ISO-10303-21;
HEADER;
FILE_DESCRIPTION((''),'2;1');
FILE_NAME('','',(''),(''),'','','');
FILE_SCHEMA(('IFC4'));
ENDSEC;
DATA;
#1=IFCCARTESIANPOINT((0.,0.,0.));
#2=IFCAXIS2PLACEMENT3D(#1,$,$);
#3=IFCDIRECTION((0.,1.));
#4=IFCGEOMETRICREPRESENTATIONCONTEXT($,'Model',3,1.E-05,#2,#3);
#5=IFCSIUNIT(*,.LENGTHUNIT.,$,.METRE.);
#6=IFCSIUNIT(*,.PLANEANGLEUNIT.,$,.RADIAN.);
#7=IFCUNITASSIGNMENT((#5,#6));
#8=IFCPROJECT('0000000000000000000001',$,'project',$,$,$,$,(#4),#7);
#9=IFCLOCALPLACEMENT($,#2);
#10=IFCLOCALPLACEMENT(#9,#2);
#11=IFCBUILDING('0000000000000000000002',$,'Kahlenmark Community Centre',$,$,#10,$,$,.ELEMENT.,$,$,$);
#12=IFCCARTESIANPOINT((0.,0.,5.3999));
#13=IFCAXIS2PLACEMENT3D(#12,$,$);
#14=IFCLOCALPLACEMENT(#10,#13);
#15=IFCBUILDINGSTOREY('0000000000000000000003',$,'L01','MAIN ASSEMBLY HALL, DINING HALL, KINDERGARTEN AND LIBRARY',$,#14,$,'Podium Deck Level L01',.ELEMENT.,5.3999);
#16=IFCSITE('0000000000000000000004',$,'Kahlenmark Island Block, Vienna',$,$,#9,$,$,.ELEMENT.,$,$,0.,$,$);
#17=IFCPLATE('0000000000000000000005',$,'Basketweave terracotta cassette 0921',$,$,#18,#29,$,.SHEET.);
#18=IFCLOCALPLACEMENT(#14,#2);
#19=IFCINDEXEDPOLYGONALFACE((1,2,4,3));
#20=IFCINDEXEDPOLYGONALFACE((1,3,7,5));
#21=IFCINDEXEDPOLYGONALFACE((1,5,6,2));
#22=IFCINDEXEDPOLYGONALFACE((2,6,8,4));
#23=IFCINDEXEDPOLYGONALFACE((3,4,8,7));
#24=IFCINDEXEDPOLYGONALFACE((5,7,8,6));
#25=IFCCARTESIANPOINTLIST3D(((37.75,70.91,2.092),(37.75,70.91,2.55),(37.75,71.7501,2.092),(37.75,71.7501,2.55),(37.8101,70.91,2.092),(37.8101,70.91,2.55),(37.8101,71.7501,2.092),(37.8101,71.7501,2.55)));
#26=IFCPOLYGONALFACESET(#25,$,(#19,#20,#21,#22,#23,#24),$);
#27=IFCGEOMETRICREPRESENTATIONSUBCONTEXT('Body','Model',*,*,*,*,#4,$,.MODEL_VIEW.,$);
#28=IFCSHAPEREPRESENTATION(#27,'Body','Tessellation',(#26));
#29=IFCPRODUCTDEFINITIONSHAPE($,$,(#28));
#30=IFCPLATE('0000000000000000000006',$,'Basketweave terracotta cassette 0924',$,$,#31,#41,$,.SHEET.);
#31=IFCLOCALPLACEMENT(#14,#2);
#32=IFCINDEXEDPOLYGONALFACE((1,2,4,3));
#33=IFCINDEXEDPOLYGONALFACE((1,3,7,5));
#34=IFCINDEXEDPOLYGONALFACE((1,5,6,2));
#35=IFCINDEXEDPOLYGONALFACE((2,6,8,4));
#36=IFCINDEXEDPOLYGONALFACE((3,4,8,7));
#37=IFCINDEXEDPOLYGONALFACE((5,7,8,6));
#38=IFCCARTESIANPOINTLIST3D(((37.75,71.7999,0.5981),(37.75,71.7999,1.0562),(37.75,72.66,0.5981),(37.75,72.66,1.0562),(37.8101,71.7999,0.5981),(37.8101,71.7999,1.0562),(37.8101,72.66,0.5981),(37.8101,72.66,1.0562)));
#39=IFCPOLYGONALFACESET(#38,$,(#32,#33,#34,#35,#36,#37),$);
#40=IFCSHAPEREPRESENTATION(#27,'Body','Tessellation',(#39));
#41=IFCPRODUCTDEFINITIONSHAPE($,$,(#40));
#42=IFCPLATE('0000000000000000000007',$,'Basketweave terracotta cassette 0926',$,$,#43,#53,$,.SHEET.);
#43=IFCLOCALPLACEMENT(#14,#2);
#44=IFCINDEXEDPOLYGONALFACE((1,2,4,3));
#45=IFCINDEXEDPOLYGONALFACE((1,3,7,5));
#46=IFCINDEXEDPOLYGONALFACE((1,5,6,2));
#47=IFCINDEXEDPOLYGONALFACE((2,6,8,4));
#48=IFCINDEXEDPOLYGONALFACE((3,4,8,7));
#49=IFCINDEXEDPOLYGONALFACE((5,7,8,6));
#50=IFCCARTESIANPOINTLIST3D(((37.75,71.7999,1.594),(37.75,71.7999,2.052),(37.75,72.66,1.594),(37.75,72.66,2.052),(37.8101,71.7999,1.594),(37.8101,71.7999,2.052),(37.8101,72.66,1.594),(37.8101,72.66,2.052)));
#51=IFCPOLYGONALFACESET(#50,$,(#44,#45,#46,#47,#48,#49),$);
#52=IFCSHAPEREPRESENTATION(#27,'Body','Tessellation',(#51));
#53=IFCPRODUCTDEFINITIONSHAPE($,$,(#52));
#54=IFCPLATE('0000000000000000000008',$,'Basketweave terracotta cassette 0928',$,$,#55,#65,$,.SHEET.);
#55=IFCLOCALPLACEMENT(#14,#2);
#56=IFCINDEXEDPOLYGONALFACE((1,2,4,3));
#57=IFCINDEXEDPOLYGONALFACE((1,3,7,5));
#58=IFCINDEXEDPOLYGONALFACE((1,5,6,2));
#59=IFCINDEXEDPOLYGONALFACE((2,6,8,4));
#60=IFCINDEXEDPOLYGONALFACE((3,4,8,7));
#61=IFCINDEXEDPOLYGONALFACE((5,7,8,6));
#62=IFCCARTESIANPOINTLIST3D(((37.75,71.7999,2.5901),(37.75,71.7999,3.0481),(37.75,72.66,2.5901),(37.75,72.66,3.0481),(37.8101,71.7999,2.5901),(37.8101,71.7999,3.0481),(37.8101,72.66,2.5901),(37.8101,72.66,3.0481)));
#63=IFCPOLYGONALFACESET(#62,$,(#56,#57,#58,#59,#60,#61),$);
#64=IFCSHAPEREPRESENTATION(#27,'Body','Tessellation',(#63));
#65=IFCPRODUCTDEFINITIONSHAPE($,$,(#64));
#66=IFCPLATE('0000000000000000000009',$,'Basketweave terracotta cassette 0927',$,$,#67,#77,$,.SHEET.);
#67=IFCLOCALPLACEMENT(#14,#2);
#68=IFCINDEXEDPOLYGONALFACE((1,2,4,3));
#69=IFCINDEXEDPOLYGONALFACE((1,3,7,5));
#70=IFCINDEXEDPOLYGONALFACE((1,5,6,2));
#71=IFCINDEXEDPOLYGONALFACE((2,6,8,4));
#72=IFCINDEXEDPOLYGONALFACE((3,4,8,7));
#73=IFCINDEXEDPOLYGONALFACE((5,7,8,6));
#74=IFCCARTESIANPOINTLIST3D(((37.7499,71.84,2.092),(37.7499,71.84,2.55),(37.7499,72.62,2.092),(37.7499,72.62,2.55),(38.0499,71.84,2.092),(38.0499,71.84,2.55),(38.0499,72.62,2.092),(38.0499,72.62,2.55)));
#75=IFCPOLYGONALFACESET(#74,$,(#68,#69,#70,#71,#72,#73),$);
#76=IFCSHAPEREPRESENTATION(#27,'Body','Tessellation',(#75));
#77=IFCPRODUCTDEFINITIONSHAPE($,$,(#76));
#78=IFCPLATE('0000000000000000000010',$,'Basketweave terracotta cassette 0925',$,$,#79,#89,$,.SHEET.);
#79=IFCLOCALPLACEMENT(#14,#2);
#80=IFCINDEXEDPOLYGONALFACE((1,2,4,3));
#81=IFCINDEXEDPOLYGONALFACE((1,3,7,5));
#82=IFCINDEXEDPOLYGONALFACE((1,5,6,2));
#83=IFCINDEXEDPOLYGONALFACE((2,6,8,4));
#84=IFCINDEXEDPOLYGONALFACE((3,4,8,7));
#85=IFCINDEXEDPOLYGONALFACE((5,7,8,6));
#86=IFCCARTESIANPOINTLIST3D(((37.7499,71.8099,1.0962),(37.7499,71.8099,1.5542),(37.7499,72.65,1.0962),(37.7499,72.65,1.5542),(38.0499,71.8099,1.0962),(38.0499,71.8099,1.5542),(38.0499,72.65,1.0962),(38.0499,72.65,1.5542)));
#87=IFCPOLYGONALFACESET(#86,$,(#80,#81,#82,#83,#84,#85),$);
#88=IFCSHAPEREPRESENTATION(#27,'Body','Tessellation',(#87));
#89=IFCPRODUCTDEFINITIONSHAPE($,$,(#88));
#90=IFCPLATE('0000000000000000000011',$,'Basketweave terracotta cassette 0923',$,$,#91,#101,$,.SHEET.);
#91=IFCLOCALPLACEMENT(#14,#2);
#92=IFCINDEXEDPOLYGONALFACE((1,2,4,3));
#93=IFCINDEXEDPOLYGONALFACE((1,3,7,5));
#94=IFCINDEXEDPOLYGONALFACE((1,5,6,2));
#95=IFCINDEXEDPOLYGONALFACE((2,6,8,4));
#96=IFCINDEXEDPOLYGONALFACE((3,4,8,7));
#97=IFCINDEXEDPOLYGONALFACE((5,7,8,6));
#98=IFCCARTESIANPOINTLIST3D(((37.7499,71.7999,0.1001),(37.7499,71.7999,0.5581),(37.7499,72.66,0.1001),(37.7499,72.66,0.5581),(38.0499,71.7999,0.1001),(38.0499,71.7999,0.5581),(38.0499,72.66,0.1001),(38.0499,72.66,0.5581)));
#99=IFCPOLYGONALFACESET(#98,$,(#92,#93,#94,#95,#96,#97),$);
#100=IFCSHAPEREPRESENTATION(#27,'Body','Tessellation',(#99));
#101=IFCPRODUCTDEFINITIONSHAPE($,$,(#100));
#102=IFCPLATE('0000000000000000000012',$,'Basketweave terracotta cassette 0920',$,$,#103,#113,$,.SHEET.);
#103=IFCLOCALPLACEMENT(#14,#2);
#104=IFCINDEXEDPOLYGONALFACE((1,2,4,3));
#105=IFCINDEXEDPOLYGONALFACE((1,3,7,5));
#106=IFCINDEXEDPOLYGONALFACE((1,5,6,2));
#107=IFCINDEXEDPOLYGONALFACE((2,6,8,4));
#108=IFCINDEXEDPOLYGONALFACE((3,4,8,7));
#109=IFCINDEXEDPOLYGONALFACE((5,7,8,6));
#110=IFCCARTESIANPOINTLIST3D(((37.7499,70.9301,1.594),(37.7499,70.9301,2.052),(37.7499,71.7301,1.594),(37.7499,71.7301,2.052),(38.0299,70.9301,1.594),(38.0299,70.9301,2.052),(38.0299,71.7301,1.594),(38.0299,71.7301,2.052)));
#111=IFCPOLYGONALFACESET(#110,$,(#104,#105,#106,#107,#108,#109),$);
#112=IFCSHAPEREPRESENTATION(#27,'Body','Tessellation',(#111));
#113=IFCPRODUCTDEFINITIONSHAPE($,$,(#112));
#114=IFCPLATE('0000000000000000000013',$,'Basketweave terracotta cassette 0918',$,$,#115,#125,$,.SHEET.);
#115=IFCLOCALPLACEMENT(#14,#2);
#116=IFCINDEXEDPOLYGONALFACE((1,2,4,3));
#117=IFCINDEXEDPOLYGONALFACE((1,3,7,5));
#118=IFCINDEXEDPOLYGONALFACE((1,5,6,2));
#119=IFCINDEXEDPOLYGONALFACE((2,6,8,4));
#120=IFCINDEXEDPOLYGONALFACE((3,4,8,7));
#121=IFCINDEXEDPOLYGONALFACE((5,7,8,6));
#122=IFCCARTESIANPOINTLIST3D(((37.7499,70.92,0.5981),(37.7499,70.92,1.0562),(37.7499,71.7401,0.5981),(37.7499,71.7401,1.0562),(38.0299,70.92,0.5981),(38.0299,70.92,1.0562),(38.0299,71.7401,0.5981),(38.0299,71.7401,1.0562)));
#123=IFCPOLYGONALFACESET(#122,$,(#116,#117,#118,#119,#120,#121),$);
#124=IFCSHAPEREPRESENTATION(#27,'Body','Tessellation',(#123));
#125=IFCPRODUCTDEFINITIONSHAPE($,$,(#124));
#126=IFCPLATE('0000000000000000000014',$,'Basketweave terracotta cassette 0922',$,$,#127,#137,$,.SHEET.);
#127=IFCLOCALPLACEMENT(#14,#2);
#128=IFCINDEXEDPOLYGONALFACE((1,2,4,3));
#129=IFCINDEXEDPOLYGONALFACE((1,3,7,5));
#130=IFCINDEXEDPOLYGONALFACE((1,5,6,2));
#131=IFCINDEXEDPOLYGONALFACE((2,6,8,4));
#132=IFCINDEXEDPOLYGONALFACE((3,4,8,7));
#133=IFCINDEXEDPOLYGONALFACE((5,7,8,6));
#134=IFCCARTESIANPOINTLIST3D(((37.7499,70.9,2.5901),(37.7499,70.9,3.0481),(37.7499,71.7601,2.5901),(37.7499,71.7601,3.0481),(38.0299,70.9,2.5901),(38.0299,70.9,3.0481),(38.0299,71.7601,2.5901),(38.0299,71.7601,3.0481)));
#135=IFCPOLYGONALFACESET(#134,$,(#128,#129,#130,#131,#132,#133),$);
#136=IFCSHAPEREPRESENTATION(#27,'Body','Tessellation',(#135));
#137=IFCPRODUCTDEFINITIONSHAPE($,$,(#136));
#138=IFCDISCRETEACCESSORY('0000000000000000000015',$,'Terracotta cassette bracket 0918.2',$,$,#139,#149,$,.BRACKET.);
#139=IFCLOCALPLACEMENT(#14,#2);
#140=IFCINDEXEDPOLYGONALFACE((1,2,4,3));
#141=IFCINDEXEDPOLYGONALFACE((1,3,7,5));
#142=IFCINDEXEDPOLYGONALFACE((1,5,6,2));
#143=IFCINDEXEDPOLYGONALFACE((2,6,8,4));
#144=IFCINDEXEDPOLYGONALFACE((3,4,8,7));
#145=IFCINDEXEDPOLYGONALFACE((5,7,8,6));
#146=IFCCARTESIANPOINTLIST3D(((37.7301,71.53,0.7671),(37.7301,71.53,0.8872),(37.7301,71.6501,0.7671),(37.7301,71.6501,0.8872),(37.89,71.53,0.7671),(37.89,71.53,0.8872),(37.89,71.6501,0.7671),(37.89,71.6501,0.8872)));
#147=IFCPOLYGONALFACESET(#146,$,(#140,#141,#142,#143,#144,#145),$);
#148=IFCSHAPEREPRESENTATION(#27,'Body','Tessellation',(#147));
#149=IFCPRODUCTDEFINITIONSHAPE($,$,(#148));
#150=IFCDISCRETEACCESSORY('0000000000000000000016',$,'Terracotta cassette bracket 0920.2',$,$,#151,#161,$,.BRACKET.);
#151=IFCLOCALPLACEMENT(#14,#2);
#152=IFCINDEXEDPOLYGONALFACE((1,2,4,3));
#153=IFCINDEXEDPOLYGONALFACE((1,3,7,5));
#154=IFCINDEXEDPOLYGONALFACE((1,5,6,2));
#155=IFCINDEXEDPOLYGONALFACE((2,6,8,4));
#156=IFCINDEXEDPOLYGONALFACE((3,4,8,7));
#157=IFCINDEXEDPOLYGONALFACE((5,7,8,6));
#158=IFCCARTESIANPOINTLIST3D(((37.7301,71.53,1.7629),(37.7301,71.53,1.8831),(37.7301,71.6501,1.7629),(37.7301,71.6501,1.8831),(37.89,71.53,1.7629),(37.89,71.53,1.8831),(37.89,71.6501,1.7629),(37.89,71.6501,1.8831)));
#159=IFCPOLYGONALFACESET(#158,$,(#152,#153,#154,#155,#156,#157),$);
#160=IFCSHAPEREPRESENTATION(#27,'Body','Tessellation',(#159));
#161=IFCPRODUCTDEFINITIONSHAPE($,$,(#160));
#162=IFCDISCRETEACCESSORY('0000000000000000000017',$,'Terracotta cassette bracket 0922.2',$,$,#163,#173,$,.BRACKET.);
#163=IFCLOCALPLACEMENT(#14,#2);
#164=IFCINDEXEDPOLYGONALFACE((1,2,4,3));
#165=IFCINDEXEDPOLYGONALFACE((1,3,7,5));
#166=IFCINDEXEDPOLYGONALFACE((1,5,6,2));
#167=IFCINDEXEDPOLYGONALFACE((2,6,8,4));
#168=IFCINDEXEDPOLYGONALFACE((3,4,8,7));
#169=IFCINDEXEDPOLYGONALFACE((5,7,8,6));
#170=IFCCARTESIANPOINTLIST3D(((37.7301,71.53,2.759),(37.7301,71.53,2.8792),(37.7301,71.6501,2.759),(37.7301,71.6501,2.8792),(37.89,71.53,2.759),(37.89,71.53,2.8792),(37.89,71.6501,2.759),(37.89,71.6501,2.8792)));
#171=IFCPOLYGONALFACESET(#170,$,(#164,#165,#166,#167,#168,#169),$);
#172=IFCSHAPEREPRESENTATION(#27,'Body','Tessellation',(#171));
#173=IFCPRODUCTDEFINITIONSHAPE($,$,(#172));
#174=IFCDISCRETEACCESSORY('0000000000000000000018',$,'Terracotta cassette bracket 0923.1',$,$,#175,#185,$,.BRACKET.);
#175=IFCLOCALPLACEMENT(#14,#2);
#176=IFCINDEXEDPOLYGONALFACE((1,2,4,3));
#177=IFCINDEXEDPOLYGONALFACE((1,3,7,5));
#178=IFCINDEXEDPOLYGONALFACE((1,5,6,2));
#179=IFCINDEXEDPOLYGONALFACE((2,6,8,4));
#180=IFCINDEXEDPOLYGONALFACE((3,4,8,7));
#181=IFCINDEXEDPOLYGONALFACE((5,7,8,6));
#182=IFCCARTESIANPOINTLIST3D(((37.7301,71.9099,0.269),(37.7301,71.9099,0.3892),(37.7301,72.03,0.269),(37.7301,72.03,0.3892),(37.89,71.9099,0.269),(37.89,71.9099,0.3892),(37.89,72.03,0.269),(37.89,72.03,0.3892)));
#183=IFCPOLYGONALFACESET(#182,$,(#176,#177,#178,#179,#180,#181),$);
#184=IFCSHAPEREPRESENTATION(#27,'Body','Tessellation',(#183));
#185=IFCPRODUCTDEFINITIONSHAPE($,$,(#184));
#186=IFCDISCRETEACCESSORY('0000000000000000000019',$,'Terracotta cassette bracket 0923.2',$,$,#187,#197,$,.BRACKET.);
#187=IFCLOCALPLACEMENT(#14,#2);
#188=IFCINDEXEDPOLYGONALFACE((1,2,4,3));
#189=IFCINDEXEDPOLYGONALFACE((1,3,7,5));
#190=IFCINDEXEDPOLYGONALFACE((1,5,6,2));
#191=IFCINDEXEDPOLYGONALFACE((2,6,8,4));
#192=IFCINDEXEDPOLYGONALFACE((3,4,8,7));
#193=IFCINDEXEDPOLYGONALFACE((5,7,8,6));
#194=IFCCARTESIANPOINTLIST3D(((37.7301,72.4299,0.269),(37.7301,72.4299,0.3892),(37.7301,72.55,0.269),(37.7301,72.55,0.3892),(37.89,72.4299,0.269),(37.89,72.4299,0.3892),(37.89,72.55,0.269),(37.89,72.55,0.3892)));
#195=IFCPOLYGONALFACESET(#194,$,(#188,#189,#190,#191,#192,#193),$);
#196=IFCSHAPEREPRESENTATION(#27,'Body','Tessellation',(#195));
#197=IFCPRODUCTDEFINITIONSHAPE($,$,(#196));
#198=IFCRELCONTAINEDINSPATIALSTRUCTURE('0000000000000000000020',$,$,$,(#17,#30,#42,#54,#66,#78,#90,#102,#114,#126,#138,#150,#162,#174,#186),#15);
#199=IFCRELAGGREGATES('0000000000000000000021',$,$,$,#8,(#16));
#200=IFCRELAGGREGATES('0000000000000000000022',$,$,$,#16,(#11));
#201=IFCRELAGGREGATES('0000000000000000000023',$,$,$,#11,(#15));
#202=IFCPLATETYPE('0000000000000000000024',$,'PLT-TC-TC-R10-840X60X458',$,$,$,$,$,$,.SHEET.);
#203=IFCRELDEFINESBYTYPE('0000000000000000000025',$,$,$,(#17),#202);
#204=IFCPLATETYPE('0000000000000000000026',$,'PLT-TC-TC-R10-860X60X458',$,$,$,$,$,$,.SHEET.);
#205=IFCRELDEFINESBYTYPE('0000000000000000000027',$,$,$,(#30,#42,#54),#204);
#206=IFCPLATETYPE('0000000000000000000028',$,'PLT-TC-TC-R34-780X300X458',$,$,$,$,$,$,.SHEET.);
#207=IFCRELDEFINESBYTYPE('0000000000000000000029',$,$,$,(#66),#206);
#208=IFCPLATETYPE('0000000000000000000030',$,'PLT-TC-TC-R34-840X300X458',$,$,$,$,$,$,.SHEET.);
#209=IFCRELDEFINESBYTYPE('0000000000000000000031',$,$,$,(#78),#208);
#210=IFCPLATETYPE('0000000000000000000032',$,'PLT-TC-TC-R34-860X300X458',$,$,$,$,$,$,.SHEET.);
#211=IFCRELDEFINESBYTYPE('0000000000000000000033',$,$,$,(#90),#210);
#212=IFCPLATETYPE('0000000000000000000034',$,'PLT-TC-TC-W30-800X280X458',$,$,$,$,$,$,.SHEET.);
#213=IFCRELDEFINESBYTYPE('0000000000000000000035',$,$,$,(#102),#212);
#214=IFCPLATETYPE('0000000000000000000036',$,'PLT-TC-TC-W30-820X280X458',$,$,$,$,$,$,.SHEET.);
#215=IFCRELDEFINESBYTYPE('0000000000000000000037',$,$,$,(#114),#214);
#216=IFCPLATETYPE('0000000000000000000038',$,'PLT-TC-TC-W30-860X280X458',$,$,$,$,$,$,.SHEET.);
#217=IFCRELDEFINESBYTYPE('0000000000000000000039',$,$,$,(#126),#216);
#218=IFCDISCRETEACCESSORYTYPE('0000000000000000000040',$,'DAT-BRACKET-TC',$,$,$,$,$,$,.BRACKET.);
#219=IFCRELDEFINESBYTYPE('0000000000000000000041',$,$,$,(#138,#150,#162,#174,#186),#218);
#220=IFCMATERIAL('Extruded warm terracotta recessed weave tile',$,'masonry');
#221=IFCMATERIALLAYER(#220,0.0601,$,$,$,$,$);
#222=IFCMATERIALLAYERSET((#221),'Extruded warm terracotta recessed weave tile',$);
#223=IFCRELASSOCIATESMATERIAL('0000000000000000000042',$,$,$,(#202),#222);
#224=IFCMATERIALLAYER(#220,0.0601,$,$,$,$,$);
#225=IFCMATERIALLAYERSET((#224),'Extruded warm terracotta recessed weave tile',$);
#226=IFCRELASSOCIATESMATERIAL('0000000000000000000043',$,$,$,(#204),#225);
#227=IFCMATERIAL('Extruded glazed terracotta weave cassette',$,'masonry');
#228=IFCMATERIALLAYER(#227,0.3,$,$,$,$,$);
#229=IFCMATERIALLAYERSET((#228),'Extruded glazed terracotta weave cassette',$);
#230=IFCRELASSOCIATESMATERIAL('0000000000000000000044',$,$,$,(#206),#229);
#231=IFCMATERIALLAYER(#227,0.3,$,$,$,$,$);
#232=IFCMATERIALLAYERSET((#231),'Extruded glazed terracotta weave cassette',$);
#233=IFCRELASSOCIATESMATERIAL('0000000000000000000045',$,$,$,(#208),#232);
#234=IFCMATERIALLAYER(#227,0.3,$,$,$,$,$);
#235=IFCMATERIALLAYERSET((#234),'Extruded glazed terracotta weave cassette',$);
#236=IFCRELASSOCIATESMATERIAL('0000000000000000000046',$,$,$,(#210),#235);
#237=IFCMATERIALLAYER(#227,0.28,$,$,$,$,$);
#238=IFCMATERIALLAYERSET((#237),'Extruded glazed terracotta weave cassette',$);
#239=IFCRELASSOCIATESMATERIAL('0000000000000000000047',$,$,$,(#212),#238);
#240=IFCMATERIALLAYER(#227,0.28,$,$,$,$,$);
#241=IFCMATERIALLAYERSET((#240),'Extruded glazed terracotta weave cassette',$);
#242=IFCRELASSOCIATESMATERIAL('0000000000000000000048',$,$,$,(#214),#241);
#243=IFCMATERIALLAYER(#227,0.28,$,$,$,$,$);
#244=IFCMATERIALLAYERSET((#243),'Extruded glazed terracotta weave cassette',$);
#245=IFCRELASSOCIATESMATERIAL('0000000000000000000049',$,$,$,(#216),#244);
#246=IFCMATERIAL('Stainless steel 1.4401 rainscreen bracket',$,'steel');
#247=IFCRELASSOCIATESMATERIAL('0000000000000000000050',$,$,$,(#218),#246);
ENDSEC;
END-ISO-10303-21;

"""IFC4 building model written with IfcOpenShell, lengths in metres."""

from ifc_helpers import new_model, si_unit, direction, frame, origin, origin_2d, place, context, subcontext, project, spatial, rectangle, extrude, material, layer, layer_set, type_object, element, save


model = new_model("IFC4")

# Units and contexts
model_context = context("Model", 3, precision=1e-05, world=origin(), true_north=direction((0.0, 1.0)))
body_context = subcontext(model_context, "Body", "Model", "MODEL_VIEW")
ifc_project = project(units=[si_unit("LENGTHUNIT", "METRE"), si_unit("PLANEANGLEUNIT", "RADIAN")], contexts=[model_context])

# Site, building, storey
site_placement = place(None, origin())
site = spatial("IfcSite", under=ifc_project, at=site_placement, Name="Kahlenmark Island Block, Vienna", CompositionType="ELEMENT", RefElevation=0.0)
building_placement = place(site_placement, origin())
building = spatial("IfcBuilding", under=site, at=building_placement, Name="Kahlenmark Community Centre", CompositionType="ELEMENT")
storey_placement = place(building_placement, frame((0.0, 0.0, 5.3999)))
storey = spatial("IfcBuildingStorey", under=building, at=storey_placement, Name="L01", Description="MAIN ASSEMBLY HALL, DINING HALL, KINDERGARTEN AND LIBRARY", LongName="Podium Deck Level L01", CompositionType="ELEMENT", Elevation=5.3999)

# Plates
ifc_material_1 = material(Name="Extruded warm terracotta recessed weave tile", Category="masonry")
ifc_layer_1 = layer(ifc_material_1, 0.0601)
ifc_layer_set_1 = layer_set([ifc_layer_1], Name="Extruded warm terracotta recessed weave tile")
plate_type_1 = type_object("IfcPlateType", Name="PLT-TC-TC-R10-840X60X458", PredefinedType="SHEET", material=ifc_layer_set_1)
plate_1_placement = place(storey_placement, frame((37.78, 71.3301, 2.092), z_axis=(0.0, 0.0, 1.0), x_axis=(0.0, 1.0, 0.0)))
element("IfcPlate", 1, at=plate_1_placement, inside=storey, type_object=plate_type_1, Name="Basketweave terracotta cassette 0921", PredefinedType="SHEET", context=body_context, shape_type="SweptSolid", body=[
    extrude(rectangle(XDim=0.8401, YDim=0.0601, at=origin_2d()), origin(), (0.0, 0.0, 1.0), 0.458),
])
ifc_layer_2 = layer(ifc_material_1, 0.0601)
ifc_layer_set_2 = layer_set([ifc_layer_2], Name="Extruded warm terracotta recessed weave tile")
plate_type_2 = type_object("IfcPlateType", Name="PLT-TC-TC-R10-860X60X458", PredefinedType="SHEET", material=ifc_layer_set_2)
for number, where, z_axis, x_axis, name in (
    (2, (37.78, 72.23, 0.5981), (0.0, 0.0, 1.0), (0.0, 1.0, 0.0), "Basketweave terracotta cassette 0924"),
    (3, (37.78, 72.23, 1.594), (0.0, 0.0, 1.0), (0.0, 1.0, 0.0), "Basketweave terracotta cassette 0926"),
    (4, (37.78, 72.23, 2.5901), (0.0, 0.0, 1.0), (0.0, 1.0, 0.0), "Basketweave terracotta cassette 0928"),
):
    element("IfcPlate", number, at=place(storey_placement, frame(where, z_axis=z_axis, x_axis=x_axis)), inside=storey, type_object=plate_type_2, Name=name, PredefinedType="SHEET", context=body_context, shape_type="SweptSolid", body=[
        extrude(rectangle(XDim=0.8601, YDim=0.0601, at=origin_2d()), origin(), (0.0, 0.0, 1.0), 0.458),
    ])
ifc_material_2 = material(Name="Extruded glazed terracotta weave cassette", Category="masonry")
ifc_layer_3 = layer(ifc_material_2, 0.3)
ifc_layer_set_3 = layer_set([ifc_layer_3], Name="Extruded glazed terracotta weave cassette")
plate_type_3 = type_object("IfcPlateType", Name="PLT-TC-TC-R34-780X300X458", PredefinedType="SHEET", material=ifc_layer_set_3)
plate_2_placement = place(storey_placement, frame((37.8999, 72.23, 2.092), z_axis=(0.0, 0.0, 1.0), x_axis=(0.0, 1.0, 0.0)))
element("IfcPlate", 5, at=plate_2_placement, inside=storey, type_object=plate_type_3, Name="Basketweave terracotta cassette 0927", PredefinedType="SHEET", context=body_context, shape_type="SweptSolid", body=[
    extrude(rectangle(XDim=0.78, YDim=0.3, at=origin_2d()), origin(), (0.0, 0.0, 1.0), 0.458),
])
ifc_layer_4 = layer(ifc_material_2, 0.3)
ifc_layer_set_4 = layer_set([ifc_layer_4], Name="Extruded glazed terracotta weave cassette")
plate_type_4 = type_object("IfcPlateType", Name="PLT-TC-TC-R34-840X300X458", PredefinedType="SHEET", material=ifc_layer_set_4)
plate_3_placement = place(storey_placement, frame((37.8999, 72.23, 1.0962), z_axis=(0.0, 0.0, 1.0), x_axis=(0.0, 1.0, 0.0)))
element("IfcPlate", 6, at=plate_3_placement, inside=storey, type_object=plate_type_4, Name="Basketweave terracotta cassette 0925", PredefinedType="SHEET", context=body_context, shape_type="SweptSolid", body=[
    extrude(rectangle(XDim=0.8401, YDim=0.3, at=origin_2d()), origin(), (0.0, 0.0, 1.0), 0.458),
])
ifc_layer_5 = layer(ifc_material_2, 0.3)
ifc_layer_set_5 = layer_set([ifc_layer_5], Name="Extruded glazed terracotta weave cassette")
plate_type_5 = type_object("IfcPlateType", Name="PLT-TC-TC-R34-860X300X458", PredefinedType="SHEET", material=ifc_layer_set_5)
plate_4_placement = place(storey_placement, frame((37.8999, 72.23, 0.1001), z_axis=(0.0, 0.0, 1.0), x_axis=(0.0, 1.0, 0.0)))
element("IfcPlate", 7, at=plate_4_placement, inside=storey, type_object=plate_type_5, Name="Basketweave terracotta cassette 0923", PredefinedType="SHEET", context=body_context, shape_type="SweptSolid", body=[
    extrude(rectangle(XDim=0.8601, YDim=0.3, at=origin_2d()), origin(), (0.0, 0.0, 1.0), 0.458),
])
ifc_layer_6 = layer(ifc_material_2, 0.28)
ifc_layer_set_6 = layer_set([ifc_layer_6], Name="Extruded glazed terracotta weave cassette")
plate_type_6 = type_object("IfcPlateType", Name="PLT-TC-TC-W30-800X280X458", PredefinedType="SHEET", material=ifc_layer_set_6)
plate_5_placement = place(storey_placement, frame((37.8899, 71.3301, 1.594), z_axis=(0.0, 0.0, 1.0), x_axis=(0.0, 1.0, 0.0)))
element("IfcPlate", 8, at=plate_5_placement, inside=storey, type_object=plate_type_6, Name="Basketweave terracotta cassette 0920", PredefinedType="SHEET", context=body_context, shape_type="SweptSolid", body=[
    extrude(rectangle(XDim=0.8, YDim=0.28, at=origin_2d()), origin(), (0.0, 0.0, 1.0), 0.458),
])
ifc_layer_7 = layer(ifc_material_2, 0.28)
ifc_layer_set_7 = layer_set([ifc_layer_7], Name="Extruded glazed terracotta weave cassette")
plate_type_7 = type_object("IfcPlateType", Name="PLT-TC-TC-W30-820X280X458", PredefinedType="SHEET", material=ifc_layer_set_7)
plate_6_placement = place(storey_placement, frame((37.8899, 71.3301, 0.5981), z_axis=(0.0, 0.0, 1.0), x_axis=(0.0, 1.0, 0.0)))
element("IfcPlate", 9, at=plate_6_placement, inside=storey, type_object=plate_type_7, Name="Basketweave terracotta cassette 0918", PredefinedType="SHEET", context=body_context, shape_type="SweptSolid", body=[
    extrude(rectangle(XDim=0.8201, YDim=0.28, at=origin_2d()), origin(), (0.0, 0.0, 1.0), 0.458),
])
ifc_layer_8 = layer(ifc_material_2, 0.28)
ifc_layer_set_8 = layer_set([ifc_layer_8], Name="Extruded glazed terracotta weave cassette")
plate_type_8 = type_object("IfcPlateType", Name="PLT-TC-TC-W30-860X280X458", PredefinedType="SHEET", material=ifc_layer_set_8)
plate_7_placement = place(storey_placement, frame((37.8899, 71.3301, 2.5901), z_axis=(0.0, 0.0, 1.0), x_axis=(0.0, 1.0, 0.0)))
element("IfcPlate", 10, at=plate_7_placement, inside=storey, type_object=plate_type_8, Name="Basketweave terracotta cassette 0922", PredefinedType="SHEET", context=body_context, shape_type="SweptSolid", body=[
    extrude(rectangle(XDim=0.8601, YDim=0.28, at=origin_2d()), origin(), (0.0, 0.0, 1.0), 0.458),
])

# Discrete accessories
ifc_material_3 = material(Name="Stainless steel 1.4401 rainscreen bracket", Category="steel")
discrete_accessory_type = type_object("IfcDiscreteAccessoryType", Name="DAT-BRACKET-TC", PredefinedType="BRACKET", material=ifc_material_3)
for number, where, z_axis, x_axis, name in (
    (11, (37.8101, 71.5901, 0.7671), (0.0, 0.0, 1.0), (0.0, 1.0, 0.0), "Terracotta cassette bracket 0918.2"),
    (12, (37.8101, 71.5901, 1.7629), (0.0, 0.0, 1.0), (0.0, 1.0, 0.0), "Terracotta cassette bracket 0920.2"),
    (13, (37.8101, 71.5901, 2.759), (0.0, 0.0, 1.0), (0.0, 1.0, 0.0), "Terracotta cassette bracket 0922.2"),
    (14, (37.8101, 71.97, 0.269), (0.0, 0.0, 1.0), (0.0, 1.0, 0.0), "Terracotta cassette bracket 0923.1"),
    (15, (37.8101, 72.49, 0.269), (0.0, 0.0, 1.0), (0.0, 1.0, 0.0), "Terracotta cassette bracket 0923.2"),
):
    element("IfcDiscreteAccessory", number, at=place(storey_placement, frame(where, z_axis=z_axis, x_axis=x_axis)), inside=storey, type_object=discrete_accessory_type, Name=name, PredefinedType="BRACKET", context=body_context, shape_type="SweptSolid", body=[
        extrude(rectangle(XDim=0.1201, YDim=0.1599, at=origin_2d()), origin(), (0.0, 0.0, 1.0), 0.1201),
    ])

save(model, "model.ifc")
